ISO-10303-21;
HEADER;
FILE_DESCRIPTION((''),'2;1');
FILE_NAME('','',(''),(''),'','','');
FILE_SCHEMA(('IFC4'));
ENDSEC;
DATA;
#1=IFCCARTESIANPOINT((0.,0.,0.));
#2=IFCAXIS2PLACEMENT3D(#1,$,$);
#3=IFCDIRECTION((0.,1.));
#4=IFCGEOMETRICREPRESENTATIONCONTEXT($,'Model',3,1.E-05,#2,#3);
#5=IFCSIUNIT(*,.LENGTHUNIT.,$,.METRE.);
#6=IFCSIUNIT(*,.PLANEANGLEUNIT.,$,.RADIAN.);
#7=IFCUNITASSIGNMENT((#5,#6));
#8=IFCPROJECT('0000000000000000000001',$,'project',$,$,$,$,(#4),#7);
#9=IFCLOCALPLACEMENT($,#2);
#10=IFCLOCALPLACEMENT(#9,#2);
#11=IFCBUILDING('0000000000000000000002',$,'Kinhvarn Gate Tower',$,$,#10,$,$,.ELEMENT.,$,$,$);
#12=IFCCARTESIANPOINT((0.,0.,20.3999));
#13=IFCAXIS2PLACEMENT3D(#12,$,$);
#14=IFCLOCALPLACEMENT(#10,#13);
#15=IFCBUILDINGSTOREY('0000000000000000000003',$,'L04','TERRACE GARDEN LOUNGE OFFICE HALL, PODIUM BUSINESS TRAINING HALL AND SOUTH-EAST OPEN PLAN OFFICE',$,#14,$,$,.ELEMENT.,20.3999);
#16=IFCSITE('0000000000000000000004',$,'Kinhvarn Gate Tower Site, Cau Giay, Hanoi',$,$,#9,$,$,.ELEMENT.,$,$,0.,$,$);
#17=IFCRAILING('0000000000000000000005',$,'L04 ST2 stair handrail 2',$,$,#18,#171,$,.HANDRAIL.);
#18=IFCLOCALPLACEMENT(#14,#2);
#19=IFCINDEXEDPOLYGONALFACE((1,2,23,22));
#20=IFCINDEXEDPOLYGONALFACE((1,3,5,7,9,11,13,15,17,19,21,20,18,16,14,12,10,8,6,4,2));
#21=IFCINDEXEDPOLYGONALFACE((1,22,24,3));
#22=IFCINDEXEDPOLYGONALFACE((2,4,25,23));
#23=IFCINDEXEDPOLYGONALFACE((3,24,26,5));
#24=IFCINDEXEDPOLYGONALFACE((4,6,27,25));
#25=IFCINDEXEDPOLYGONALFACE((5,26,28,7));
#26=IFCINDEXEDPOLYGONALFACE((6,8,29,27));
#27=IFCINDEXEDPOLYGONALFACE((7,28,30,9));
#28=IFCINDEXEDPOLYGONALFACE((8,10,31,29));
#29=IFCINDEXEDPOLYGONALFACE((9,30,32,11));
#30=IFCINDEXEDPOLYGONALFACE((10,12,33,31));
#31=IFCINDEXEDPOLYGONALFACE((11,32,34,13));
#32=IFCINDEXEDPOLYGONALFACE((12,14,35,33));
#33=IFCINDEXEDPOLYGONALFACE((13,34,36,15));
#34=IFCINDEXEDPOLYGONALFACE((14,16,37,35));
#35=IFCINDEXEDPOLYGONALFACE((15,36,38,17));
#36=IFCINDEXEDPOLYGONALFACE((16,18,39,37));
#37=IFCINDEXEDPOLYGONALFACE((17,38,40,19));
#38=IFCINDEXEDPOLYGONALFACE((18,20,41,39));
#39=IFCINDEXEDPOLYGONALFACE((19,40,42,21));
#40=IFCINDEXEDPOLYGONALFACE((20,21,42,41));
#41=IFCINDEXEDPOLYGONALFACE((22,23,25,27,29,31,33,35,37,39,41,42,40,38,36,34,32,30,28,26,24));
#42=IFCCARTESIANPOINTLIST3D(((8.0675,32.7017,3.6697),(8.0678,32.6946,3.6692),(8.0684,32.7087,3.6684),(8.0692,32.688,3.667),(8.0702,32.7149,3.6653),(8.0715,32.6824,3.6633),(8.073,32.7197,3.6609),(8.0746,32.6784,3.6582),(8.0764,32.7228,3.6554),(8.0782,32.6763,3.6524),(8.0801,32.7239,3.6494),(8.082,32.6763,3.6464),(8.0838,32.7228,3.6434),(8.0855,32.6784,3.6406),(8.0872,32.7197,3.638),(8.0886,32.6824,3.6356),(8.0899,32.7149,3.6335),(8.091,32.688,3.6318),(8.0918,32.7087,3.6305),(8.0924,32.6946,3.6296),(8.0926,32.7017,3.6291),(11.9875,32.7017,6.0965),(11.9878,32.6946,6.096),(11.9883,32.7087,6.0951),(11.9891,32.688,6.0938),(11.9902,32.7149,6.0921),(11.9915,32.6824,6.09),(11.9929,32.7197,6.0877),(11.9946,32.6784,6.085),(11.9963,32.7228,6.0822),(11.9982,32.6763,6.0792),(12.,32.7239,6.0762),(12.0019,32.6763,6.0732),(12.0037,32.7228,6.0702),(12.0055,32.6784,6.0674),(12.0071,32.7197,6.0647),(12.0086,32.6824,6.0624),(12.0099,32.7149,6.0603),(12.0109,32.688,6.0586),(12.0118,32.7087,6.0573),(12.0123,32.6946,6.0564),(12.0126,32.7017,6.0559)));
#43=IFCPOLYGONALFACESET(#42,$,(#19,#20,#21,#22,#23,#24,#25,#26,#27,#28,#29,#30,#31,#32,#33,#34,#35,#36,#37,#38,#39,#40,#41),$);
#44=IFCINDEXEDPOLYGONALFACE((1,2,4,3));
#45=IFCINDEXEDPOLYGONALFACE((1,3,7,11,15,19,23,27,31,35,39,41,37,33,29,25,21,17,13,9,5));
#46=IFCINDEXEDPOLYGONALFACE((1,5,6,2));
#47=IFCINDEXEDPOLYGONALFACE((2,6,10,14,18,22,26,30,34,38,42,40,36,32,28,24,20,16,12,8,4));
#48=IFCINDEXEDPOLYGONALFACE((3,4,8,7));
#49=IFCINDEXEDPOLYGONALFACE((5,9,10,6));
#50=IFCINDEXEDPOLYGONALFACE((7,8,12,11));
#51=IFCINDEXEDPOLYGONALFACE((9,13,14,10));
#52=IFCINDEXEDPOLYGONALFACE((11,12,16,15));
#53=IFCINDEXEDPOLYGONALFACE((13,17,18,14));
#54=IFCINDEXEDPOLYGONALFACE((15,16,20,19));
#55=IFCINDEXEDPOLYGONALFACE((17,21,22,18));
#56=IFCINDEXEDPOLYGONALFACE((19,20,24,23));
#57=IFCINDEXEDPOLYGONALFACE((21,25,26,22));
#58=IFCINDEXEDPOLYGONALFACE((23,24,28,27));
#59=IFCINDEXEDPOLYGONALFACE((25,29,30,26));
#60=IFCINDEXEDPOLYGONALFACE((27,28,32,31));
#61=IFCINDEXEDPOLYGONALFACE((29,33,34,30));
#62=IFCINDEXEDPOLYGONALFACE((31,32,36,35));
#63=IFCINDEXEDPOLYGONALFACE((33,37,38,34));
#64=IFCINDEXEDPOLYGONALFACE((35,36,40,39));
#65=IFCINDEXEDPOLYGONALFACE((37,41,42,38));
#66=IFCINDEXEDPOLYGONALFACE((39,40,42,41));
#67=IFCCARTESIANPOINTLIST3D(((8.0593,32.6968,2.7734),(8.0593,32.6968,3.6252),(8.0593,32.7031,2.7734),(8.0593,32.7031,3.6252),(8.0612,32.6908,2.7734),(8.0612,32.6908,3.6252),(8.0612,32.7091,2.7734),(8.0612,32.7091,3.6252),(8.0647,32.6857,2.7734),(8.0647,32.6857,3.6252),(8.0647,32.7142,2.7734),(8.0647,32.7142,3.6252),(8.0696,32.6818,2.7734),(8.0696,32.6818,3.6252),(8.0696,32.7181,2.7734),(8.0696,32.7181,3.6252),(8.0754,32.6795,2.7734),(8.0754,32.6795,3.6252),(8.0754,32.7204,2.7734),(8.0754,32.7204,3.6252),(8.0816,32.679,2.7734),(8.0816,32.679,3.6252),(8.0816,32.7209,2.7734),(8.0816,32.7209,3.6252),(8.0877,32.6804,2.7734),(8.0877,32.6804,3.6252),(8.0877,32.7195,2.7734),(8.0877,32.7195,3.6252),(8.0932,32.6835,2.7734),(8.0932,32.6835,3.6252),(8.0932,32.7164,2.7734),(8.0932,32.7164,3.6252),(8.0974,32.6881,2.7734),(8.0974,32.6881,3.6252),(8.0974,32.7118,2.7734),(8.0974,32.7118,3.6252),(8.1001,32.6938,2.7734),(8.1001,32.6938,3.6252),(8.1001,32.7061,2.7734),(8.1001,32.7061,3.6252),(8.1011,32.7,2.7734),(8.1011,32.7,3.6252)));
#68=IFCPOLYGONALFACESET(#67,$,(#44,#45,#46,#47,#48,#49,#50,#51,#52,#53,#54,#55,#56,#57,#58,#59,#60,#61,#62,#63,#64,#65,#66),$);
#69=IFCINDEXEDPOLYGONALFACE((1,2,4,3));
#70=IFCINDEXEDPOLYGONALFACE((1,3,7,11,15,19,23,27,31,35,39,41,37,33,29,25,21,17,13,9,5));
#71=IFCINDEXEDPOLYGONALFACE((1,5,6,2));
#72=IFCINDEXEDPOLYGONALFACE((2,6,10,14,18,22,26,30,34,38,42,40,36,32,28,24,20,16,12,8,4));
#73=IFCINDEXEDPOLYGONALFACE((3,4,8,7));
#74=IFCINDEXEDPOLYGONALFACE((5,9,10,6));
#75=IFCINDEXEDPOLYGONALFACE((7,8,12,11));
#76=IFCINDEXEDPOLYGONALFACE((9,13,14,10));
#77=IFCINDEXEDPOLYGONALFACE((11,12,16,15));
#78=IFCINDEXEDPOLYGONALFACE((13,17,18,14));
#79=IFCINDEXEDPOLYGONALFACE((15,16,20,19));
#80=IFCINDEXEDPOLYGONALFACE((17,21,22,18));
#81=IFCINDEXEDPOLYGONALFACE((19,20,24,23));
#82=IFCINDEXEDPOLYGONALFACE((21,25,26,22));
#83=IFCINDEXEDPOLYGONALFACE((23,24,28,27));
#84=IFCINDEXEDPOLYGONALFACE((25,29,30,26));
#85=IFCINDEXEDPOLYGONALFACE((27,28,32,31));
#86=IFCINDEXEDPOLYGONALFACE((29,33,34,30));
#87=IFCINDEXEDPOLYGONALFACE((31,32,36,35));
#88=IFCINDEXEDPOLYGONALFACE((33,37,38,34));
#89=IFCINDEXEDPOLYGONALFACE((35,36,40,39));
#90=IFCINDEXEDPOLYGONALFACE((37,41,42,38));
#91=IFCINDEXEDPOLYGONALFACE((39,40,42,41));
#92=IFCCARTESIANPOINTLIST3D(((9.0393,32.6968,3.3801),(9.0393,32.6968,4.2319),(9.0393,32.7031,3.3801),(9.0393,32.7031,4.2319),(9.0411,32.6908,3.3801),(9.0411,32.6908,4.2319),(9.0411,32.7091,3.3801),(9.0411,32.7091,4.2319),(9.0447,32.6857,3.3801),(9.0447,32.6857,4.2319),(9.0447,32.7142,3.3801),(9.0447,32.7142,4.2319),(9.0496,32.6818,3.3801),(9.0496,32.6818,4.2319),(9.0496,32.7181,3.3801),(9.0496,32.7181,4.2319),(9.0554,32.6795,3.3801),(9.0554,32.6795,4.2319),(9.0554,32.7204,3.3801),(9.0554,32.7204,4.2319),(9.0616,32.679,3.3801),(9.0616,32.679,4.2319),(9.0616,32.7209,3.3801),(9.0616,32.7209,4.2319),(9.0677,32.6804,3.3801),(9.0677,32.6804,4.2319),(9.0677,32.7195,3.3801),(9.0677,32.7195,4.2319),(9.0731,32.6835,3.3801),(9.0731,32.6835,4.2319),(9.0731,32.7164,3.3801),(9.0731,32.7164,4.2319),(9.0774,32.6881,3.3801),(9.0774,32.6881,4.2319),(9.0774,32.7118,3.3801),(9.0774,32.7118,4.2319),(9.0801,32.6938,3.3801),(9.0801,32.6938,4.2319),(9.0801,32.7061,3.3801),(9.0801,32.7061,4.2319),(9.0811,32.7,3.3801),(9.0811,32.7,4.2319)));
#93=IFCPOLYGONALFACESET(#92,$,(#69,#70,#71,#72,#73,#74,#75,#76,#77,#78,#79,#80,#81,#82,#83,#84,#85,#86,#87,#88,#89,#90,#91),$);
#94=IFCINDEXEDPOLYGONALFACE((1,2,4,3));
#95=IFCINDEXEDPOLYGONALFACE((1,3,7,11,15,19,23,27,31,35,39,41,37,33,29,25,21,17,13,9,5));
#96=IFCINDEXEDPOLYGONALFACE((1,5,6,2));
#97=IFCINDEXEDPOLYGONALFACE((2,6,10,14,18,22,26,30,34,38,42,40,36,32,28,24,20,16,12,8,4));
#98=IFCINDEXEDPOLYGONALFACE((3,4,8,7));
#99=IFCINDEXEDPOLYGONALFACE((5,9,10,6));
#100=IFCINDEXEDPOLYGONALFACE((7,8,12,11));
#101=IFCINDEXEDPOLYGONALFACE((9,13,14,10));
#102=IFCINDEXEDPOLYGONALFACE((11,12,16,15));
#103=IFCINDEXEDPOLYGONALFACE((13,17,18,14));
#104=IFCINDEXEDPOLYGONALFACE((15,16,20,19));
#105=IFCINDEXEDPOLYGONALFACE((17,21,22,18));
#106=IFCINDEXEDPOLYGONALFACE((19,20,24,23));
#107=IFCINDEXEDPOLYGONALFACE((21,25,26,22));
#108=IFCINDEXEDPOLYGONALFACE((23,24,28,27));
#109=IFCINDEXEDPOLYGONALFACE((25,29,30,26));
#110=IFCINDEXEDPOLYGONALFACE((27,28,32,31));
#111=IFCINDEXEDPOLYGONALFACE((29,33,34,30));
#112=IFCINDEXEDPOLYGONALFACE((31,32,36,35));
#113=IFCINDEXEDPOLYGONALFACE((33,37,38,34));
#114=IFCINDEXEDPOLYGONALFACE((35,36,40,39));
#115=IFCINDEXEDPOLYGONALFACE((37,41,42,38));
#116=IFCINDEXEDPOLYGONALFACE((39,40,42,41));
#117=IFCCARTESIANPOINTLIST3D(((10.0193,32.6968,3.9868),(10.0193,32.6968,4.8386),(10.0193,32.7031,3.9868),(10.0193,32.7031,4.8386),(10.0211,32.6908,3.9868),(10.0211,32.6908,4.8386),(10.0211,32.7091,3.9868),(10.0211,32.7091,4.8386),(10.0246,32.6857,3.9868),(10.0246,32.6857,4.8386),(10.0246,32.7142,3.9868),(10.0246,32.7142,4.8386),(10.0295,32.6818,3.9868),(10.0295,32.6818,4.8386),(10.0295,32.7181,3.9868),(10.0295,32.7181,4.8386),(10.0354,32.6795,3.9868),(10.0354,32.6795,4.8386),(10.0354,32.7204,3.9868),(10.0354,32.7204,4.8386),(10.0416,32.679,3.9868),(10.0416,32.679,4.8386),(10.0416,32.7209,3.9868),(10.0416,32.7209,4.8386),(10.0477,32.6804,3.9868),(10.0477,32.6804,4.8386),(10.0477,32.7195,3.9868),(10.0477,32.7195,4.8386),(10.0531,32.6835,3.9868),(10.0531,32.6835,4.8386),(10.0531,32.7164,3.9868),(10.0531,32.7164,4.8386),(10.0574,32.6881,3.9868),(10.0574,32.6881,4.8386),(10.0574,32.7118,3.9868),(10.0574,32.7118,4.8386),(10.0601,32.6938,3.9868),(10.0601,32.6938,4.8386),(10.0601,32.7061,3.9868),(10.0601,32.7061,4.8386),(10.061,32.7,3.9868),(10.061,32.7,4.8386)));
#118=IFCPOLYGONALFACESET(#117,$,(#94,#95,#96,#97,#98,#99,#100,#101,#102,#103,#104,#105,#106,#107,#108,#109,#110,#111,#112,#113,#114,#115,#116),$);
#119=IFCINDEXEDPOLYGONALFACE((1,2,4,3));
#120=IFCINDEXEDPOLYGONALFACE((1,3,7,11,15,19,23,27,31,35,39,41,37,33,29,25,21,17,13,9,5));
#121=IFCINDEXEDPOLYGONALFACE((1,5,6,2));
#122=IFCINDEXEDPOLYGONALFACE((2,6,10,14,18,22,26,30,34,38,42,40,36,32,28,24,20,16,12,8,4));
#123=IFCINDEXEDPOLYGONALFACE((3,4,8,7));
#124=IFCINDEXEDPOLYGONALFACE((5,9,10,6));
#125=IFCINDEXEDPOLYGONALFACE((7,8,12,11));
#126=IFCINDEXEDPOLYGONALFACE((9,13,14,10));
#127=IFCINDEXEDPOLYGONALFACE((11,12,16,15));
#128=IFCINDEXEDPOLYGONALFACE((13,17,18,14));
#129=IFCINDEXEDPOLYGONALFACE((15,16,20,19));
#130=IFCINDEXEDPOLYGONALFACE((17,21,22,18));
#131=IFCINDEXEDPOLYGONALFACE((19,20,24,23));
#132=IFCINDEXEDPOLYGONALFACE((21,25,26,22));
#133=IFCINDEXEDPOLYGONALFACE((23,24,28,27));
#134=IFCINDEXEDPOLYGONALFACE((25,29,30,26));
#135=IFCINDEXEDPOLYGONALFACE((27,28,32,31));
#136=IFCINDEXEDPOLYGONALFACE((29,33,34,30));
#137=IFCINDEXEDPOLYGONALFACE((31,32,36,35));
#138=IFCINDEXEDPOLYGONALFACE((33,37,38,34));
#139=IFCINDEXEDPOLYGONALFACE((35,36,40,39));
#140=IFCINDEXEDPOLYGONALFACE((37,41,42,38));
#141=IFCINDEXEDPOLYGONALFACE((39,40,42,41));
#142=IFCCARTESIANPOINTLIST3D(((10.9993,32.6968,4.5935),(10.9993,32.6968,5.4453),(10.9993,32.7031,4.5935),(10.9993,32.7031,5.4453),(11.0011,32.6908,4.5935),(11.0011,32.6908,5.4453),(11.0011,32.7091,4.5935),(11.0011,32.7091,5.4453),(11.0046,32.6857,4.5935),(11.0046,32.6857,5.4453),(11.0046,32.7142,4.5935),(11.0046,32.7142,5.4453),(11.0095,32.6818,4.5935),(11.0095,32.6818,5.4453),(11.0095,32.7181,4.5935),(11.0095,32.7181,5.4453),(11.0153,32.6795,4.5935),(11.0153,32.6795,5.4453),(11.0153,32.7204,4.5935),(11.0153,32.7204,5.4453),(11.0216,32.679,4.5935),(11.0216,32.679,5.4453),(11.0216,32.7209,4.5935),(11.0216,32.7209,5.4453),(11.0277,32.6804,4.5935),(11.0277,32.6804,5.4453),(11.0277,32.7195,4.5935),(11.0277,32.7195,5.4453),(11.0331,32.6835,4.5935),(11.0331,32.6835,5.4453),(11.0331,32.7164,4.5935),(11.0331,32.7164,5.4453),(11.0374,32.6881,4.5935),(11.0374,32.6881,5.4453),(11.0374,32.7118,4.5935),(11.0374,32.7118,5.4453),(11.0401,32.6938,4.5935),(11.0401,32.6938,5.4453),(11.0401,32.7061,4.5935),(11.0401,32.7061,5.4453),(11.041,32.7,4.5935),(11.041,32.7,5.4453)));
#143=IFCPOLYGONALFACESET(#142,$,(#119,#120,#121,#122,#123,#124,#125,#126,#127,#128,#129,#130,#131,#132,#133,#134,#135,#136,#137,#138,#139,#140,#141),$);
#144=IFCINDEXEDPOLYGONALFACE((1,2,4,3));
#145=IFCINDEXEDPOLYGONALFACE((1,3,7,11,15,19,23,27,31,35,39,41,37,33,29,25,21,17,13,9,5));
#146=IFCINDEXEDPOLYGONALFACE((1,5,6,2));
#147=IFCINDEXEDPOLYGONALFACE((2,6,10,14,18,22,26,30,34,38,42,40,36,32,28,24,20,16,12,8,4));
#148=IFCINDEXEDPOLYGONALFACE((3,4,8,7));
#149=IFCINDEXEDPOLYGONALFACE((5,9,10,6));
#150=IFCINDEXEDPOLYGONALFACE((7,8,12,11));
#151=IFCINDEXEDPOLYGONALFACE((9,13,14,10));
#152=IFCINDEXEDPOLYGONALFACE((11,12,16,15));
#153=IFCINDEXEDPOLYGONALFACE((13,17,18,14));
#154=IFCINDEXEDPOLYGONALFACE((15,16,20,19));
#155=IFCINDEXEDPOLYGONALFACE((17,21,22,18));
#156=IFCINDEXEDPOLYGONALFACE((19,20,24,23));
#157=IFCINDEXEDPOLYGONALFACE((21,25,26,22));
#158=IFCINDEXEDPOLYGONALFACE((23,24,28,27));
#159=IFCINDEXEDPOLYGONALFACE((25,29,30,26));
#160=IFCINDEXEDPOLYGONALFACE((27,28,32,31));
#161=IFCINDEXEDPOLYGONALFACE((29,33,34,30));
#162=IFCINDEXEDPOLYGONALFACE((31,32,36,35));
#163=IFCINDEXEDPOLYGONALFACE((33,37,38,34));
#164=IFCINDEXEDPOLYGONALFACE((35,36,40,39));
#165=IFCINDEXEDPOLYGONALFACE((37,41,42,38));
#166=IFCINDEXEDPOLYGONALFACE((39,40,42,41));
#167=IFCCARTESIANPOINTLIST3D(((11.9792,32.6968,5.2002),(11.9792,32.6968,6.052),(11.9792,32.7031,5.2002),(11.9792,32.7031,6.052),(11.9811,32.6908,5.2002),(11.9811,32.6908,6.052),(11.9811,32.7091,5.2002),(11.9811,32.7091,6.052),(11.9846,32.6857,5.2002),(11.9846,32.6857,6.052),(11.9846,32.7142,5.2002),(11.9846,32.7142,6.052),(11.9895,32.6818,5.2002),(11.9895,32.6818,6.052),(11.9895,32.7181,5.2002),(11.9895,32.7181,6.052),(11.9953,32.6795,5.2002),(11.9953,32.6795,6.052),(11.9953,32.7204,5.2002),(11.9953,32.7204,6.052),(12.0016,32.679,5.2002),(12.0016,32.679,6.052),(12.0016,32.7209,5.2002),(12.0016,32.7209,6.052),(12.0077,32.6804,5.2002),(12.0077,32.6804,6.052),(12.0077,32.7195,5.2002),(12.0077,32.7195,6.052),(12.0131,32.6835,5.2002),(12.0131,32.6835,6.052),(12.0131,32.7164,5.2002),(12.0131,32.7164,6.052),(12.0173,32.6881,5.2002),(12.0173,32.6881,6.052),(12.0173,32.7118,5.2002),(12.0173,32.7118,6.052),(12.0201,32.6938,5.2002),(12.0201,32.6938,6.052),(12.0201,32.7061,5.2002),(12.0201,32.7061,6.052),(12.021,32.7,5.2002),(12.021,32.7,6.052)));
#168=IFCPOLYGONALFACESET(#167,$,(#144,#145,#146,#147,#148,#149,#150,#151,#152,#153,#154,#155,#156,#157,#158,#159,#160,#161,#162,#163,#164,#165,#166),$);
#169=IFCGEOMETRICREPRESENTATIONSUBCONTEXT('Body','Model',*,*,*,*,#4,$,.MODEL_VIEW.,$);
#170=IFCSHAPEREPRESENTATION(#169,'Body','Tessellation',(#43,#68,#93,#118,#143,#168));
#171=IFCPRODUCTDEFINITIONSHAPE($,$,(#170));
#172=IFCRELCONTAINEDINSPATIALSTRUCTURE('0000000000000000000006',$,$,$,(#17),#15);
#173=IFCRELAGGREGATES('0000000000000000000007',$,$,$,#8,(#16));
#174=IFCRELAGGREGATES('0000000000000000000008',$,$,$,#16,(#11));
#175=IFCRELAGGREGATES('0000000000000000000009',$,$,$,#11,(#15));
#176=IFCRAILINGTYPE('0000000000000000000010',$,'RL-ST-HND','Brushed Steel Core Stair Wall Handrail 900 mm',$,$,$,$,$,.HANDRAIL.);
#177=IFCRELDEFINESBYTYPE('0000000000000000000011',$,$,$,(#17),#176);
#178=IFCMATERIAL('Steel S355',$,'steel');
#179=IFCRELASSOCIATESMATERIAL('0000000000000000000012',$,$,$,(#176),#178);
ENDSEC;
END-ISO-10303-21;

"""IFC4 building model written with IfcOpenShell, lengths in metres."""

from ifc_helpers import new_model, si_unit, direction, frame, origin, origin_2d, place, context, subcontext, project, spatial, circle, extrude, material, type_object, element, save


model = new_model("IFC4")

# Units and contexts
model_context = context("Model", 3, precision=1e-05, world=origin(), true_north=direction((0.0, 1.0)))
body_context = subcontext(model_context, "Body", "Model", "MODEL_VIEW")
ifc_project = project(units=[si_unit("LENGTHUNIT", "METRE"), si_unit("PLANEANGLEUNIT", "RADIAN")], contexts=[model_context])

# Site, building, storey
site_placement = place(None, origin())
site = spatial("IfcSite", under=ifc_project, at=site_placement, Name="Kinhvarn Gate Tower Site, Cau Giay, Hanoi", CompositionType="ELEMENT", RefElevation=0.0)
building_placement = place(site_placement, origin())
building = spatial("IfcBuilding", under=site, at=building_placement, Name="Kinhvarn Gate Tower", CompositionType="ELEMENT")
storey_placement = place(building_placement, frame((0.0, 0.0, 20.3999)))
storey = spatial("IfcBuildingStorey", under=building, at=storey_placement, Name="L04", Description="TERRACE GARDEN LOUNGE OFFICE HALL, PODIUM BUSINESS TRAINING HALL AND SOUTH-EAST OPEN PLAN OFFICE", CompositionType="ELEMENT", Elevation=20.3999)

# Shared definitions
ifc_material_1 = material(Name="Steel S355", Category="steel")

# Railing
railing_type_1 = type_object("IfcRailingType", Name="RL-ST-HND", Description="Brushed Steel Core Stair Wall Handrail 900 mm", PredefinedType="HANDRAIL", material=ifc_material_1)
railing_1_placement = place(storey_placement, frame((8.0801, 32.7, 2.7734)))
element("IfcRailing", 1, at=railing_1_placement, inside=storey, type_object=railing_type_1, Name="L04 ST2 stair handrail 2", PredefinedType="HANDRAIL", context=body_context, shape_type="SweptSolid", body=[
    extrude(circle(Radius=0.0239, at=origin_2d()), frame((0.0, 0.0, 0.876), z_axis=(0.850252, 0.0, 0.526376), x_axis=(0.0, 1.0, 0.0)), (0.0, 0.0, 1.0), 4.6104),
    extrude(circle(Radius=0.021, at=origin_2d()), origin(), (0.0, 0.0, 1.0), 0.8518),
    extrude(circle(Radius=0.021, at=origin_2d()), frame((0.98, 0.0, 0.6067)), (0.0, 0.0, 1.0), 0.8518),
    extrude(circle(Radius=0.021, at=origin_2d()), frame((1.96, 0.0, 1.2134)), (0.0, 0.0, 1.0), 0.8518),
    extrude(circle(Radius=0.021, at=origin_2d()), frame((2.9399, 0.0, 1.8201)), (0.0, 0.0, 1.0), 0.8518),
    extrude(circle(Radius=0.021, at=origin_2d()), frame((3.9199, 0.0, 2.4268)), (0.0, 0.0, 1.0), 0.8518),
])

save(model, "model.ifc")
